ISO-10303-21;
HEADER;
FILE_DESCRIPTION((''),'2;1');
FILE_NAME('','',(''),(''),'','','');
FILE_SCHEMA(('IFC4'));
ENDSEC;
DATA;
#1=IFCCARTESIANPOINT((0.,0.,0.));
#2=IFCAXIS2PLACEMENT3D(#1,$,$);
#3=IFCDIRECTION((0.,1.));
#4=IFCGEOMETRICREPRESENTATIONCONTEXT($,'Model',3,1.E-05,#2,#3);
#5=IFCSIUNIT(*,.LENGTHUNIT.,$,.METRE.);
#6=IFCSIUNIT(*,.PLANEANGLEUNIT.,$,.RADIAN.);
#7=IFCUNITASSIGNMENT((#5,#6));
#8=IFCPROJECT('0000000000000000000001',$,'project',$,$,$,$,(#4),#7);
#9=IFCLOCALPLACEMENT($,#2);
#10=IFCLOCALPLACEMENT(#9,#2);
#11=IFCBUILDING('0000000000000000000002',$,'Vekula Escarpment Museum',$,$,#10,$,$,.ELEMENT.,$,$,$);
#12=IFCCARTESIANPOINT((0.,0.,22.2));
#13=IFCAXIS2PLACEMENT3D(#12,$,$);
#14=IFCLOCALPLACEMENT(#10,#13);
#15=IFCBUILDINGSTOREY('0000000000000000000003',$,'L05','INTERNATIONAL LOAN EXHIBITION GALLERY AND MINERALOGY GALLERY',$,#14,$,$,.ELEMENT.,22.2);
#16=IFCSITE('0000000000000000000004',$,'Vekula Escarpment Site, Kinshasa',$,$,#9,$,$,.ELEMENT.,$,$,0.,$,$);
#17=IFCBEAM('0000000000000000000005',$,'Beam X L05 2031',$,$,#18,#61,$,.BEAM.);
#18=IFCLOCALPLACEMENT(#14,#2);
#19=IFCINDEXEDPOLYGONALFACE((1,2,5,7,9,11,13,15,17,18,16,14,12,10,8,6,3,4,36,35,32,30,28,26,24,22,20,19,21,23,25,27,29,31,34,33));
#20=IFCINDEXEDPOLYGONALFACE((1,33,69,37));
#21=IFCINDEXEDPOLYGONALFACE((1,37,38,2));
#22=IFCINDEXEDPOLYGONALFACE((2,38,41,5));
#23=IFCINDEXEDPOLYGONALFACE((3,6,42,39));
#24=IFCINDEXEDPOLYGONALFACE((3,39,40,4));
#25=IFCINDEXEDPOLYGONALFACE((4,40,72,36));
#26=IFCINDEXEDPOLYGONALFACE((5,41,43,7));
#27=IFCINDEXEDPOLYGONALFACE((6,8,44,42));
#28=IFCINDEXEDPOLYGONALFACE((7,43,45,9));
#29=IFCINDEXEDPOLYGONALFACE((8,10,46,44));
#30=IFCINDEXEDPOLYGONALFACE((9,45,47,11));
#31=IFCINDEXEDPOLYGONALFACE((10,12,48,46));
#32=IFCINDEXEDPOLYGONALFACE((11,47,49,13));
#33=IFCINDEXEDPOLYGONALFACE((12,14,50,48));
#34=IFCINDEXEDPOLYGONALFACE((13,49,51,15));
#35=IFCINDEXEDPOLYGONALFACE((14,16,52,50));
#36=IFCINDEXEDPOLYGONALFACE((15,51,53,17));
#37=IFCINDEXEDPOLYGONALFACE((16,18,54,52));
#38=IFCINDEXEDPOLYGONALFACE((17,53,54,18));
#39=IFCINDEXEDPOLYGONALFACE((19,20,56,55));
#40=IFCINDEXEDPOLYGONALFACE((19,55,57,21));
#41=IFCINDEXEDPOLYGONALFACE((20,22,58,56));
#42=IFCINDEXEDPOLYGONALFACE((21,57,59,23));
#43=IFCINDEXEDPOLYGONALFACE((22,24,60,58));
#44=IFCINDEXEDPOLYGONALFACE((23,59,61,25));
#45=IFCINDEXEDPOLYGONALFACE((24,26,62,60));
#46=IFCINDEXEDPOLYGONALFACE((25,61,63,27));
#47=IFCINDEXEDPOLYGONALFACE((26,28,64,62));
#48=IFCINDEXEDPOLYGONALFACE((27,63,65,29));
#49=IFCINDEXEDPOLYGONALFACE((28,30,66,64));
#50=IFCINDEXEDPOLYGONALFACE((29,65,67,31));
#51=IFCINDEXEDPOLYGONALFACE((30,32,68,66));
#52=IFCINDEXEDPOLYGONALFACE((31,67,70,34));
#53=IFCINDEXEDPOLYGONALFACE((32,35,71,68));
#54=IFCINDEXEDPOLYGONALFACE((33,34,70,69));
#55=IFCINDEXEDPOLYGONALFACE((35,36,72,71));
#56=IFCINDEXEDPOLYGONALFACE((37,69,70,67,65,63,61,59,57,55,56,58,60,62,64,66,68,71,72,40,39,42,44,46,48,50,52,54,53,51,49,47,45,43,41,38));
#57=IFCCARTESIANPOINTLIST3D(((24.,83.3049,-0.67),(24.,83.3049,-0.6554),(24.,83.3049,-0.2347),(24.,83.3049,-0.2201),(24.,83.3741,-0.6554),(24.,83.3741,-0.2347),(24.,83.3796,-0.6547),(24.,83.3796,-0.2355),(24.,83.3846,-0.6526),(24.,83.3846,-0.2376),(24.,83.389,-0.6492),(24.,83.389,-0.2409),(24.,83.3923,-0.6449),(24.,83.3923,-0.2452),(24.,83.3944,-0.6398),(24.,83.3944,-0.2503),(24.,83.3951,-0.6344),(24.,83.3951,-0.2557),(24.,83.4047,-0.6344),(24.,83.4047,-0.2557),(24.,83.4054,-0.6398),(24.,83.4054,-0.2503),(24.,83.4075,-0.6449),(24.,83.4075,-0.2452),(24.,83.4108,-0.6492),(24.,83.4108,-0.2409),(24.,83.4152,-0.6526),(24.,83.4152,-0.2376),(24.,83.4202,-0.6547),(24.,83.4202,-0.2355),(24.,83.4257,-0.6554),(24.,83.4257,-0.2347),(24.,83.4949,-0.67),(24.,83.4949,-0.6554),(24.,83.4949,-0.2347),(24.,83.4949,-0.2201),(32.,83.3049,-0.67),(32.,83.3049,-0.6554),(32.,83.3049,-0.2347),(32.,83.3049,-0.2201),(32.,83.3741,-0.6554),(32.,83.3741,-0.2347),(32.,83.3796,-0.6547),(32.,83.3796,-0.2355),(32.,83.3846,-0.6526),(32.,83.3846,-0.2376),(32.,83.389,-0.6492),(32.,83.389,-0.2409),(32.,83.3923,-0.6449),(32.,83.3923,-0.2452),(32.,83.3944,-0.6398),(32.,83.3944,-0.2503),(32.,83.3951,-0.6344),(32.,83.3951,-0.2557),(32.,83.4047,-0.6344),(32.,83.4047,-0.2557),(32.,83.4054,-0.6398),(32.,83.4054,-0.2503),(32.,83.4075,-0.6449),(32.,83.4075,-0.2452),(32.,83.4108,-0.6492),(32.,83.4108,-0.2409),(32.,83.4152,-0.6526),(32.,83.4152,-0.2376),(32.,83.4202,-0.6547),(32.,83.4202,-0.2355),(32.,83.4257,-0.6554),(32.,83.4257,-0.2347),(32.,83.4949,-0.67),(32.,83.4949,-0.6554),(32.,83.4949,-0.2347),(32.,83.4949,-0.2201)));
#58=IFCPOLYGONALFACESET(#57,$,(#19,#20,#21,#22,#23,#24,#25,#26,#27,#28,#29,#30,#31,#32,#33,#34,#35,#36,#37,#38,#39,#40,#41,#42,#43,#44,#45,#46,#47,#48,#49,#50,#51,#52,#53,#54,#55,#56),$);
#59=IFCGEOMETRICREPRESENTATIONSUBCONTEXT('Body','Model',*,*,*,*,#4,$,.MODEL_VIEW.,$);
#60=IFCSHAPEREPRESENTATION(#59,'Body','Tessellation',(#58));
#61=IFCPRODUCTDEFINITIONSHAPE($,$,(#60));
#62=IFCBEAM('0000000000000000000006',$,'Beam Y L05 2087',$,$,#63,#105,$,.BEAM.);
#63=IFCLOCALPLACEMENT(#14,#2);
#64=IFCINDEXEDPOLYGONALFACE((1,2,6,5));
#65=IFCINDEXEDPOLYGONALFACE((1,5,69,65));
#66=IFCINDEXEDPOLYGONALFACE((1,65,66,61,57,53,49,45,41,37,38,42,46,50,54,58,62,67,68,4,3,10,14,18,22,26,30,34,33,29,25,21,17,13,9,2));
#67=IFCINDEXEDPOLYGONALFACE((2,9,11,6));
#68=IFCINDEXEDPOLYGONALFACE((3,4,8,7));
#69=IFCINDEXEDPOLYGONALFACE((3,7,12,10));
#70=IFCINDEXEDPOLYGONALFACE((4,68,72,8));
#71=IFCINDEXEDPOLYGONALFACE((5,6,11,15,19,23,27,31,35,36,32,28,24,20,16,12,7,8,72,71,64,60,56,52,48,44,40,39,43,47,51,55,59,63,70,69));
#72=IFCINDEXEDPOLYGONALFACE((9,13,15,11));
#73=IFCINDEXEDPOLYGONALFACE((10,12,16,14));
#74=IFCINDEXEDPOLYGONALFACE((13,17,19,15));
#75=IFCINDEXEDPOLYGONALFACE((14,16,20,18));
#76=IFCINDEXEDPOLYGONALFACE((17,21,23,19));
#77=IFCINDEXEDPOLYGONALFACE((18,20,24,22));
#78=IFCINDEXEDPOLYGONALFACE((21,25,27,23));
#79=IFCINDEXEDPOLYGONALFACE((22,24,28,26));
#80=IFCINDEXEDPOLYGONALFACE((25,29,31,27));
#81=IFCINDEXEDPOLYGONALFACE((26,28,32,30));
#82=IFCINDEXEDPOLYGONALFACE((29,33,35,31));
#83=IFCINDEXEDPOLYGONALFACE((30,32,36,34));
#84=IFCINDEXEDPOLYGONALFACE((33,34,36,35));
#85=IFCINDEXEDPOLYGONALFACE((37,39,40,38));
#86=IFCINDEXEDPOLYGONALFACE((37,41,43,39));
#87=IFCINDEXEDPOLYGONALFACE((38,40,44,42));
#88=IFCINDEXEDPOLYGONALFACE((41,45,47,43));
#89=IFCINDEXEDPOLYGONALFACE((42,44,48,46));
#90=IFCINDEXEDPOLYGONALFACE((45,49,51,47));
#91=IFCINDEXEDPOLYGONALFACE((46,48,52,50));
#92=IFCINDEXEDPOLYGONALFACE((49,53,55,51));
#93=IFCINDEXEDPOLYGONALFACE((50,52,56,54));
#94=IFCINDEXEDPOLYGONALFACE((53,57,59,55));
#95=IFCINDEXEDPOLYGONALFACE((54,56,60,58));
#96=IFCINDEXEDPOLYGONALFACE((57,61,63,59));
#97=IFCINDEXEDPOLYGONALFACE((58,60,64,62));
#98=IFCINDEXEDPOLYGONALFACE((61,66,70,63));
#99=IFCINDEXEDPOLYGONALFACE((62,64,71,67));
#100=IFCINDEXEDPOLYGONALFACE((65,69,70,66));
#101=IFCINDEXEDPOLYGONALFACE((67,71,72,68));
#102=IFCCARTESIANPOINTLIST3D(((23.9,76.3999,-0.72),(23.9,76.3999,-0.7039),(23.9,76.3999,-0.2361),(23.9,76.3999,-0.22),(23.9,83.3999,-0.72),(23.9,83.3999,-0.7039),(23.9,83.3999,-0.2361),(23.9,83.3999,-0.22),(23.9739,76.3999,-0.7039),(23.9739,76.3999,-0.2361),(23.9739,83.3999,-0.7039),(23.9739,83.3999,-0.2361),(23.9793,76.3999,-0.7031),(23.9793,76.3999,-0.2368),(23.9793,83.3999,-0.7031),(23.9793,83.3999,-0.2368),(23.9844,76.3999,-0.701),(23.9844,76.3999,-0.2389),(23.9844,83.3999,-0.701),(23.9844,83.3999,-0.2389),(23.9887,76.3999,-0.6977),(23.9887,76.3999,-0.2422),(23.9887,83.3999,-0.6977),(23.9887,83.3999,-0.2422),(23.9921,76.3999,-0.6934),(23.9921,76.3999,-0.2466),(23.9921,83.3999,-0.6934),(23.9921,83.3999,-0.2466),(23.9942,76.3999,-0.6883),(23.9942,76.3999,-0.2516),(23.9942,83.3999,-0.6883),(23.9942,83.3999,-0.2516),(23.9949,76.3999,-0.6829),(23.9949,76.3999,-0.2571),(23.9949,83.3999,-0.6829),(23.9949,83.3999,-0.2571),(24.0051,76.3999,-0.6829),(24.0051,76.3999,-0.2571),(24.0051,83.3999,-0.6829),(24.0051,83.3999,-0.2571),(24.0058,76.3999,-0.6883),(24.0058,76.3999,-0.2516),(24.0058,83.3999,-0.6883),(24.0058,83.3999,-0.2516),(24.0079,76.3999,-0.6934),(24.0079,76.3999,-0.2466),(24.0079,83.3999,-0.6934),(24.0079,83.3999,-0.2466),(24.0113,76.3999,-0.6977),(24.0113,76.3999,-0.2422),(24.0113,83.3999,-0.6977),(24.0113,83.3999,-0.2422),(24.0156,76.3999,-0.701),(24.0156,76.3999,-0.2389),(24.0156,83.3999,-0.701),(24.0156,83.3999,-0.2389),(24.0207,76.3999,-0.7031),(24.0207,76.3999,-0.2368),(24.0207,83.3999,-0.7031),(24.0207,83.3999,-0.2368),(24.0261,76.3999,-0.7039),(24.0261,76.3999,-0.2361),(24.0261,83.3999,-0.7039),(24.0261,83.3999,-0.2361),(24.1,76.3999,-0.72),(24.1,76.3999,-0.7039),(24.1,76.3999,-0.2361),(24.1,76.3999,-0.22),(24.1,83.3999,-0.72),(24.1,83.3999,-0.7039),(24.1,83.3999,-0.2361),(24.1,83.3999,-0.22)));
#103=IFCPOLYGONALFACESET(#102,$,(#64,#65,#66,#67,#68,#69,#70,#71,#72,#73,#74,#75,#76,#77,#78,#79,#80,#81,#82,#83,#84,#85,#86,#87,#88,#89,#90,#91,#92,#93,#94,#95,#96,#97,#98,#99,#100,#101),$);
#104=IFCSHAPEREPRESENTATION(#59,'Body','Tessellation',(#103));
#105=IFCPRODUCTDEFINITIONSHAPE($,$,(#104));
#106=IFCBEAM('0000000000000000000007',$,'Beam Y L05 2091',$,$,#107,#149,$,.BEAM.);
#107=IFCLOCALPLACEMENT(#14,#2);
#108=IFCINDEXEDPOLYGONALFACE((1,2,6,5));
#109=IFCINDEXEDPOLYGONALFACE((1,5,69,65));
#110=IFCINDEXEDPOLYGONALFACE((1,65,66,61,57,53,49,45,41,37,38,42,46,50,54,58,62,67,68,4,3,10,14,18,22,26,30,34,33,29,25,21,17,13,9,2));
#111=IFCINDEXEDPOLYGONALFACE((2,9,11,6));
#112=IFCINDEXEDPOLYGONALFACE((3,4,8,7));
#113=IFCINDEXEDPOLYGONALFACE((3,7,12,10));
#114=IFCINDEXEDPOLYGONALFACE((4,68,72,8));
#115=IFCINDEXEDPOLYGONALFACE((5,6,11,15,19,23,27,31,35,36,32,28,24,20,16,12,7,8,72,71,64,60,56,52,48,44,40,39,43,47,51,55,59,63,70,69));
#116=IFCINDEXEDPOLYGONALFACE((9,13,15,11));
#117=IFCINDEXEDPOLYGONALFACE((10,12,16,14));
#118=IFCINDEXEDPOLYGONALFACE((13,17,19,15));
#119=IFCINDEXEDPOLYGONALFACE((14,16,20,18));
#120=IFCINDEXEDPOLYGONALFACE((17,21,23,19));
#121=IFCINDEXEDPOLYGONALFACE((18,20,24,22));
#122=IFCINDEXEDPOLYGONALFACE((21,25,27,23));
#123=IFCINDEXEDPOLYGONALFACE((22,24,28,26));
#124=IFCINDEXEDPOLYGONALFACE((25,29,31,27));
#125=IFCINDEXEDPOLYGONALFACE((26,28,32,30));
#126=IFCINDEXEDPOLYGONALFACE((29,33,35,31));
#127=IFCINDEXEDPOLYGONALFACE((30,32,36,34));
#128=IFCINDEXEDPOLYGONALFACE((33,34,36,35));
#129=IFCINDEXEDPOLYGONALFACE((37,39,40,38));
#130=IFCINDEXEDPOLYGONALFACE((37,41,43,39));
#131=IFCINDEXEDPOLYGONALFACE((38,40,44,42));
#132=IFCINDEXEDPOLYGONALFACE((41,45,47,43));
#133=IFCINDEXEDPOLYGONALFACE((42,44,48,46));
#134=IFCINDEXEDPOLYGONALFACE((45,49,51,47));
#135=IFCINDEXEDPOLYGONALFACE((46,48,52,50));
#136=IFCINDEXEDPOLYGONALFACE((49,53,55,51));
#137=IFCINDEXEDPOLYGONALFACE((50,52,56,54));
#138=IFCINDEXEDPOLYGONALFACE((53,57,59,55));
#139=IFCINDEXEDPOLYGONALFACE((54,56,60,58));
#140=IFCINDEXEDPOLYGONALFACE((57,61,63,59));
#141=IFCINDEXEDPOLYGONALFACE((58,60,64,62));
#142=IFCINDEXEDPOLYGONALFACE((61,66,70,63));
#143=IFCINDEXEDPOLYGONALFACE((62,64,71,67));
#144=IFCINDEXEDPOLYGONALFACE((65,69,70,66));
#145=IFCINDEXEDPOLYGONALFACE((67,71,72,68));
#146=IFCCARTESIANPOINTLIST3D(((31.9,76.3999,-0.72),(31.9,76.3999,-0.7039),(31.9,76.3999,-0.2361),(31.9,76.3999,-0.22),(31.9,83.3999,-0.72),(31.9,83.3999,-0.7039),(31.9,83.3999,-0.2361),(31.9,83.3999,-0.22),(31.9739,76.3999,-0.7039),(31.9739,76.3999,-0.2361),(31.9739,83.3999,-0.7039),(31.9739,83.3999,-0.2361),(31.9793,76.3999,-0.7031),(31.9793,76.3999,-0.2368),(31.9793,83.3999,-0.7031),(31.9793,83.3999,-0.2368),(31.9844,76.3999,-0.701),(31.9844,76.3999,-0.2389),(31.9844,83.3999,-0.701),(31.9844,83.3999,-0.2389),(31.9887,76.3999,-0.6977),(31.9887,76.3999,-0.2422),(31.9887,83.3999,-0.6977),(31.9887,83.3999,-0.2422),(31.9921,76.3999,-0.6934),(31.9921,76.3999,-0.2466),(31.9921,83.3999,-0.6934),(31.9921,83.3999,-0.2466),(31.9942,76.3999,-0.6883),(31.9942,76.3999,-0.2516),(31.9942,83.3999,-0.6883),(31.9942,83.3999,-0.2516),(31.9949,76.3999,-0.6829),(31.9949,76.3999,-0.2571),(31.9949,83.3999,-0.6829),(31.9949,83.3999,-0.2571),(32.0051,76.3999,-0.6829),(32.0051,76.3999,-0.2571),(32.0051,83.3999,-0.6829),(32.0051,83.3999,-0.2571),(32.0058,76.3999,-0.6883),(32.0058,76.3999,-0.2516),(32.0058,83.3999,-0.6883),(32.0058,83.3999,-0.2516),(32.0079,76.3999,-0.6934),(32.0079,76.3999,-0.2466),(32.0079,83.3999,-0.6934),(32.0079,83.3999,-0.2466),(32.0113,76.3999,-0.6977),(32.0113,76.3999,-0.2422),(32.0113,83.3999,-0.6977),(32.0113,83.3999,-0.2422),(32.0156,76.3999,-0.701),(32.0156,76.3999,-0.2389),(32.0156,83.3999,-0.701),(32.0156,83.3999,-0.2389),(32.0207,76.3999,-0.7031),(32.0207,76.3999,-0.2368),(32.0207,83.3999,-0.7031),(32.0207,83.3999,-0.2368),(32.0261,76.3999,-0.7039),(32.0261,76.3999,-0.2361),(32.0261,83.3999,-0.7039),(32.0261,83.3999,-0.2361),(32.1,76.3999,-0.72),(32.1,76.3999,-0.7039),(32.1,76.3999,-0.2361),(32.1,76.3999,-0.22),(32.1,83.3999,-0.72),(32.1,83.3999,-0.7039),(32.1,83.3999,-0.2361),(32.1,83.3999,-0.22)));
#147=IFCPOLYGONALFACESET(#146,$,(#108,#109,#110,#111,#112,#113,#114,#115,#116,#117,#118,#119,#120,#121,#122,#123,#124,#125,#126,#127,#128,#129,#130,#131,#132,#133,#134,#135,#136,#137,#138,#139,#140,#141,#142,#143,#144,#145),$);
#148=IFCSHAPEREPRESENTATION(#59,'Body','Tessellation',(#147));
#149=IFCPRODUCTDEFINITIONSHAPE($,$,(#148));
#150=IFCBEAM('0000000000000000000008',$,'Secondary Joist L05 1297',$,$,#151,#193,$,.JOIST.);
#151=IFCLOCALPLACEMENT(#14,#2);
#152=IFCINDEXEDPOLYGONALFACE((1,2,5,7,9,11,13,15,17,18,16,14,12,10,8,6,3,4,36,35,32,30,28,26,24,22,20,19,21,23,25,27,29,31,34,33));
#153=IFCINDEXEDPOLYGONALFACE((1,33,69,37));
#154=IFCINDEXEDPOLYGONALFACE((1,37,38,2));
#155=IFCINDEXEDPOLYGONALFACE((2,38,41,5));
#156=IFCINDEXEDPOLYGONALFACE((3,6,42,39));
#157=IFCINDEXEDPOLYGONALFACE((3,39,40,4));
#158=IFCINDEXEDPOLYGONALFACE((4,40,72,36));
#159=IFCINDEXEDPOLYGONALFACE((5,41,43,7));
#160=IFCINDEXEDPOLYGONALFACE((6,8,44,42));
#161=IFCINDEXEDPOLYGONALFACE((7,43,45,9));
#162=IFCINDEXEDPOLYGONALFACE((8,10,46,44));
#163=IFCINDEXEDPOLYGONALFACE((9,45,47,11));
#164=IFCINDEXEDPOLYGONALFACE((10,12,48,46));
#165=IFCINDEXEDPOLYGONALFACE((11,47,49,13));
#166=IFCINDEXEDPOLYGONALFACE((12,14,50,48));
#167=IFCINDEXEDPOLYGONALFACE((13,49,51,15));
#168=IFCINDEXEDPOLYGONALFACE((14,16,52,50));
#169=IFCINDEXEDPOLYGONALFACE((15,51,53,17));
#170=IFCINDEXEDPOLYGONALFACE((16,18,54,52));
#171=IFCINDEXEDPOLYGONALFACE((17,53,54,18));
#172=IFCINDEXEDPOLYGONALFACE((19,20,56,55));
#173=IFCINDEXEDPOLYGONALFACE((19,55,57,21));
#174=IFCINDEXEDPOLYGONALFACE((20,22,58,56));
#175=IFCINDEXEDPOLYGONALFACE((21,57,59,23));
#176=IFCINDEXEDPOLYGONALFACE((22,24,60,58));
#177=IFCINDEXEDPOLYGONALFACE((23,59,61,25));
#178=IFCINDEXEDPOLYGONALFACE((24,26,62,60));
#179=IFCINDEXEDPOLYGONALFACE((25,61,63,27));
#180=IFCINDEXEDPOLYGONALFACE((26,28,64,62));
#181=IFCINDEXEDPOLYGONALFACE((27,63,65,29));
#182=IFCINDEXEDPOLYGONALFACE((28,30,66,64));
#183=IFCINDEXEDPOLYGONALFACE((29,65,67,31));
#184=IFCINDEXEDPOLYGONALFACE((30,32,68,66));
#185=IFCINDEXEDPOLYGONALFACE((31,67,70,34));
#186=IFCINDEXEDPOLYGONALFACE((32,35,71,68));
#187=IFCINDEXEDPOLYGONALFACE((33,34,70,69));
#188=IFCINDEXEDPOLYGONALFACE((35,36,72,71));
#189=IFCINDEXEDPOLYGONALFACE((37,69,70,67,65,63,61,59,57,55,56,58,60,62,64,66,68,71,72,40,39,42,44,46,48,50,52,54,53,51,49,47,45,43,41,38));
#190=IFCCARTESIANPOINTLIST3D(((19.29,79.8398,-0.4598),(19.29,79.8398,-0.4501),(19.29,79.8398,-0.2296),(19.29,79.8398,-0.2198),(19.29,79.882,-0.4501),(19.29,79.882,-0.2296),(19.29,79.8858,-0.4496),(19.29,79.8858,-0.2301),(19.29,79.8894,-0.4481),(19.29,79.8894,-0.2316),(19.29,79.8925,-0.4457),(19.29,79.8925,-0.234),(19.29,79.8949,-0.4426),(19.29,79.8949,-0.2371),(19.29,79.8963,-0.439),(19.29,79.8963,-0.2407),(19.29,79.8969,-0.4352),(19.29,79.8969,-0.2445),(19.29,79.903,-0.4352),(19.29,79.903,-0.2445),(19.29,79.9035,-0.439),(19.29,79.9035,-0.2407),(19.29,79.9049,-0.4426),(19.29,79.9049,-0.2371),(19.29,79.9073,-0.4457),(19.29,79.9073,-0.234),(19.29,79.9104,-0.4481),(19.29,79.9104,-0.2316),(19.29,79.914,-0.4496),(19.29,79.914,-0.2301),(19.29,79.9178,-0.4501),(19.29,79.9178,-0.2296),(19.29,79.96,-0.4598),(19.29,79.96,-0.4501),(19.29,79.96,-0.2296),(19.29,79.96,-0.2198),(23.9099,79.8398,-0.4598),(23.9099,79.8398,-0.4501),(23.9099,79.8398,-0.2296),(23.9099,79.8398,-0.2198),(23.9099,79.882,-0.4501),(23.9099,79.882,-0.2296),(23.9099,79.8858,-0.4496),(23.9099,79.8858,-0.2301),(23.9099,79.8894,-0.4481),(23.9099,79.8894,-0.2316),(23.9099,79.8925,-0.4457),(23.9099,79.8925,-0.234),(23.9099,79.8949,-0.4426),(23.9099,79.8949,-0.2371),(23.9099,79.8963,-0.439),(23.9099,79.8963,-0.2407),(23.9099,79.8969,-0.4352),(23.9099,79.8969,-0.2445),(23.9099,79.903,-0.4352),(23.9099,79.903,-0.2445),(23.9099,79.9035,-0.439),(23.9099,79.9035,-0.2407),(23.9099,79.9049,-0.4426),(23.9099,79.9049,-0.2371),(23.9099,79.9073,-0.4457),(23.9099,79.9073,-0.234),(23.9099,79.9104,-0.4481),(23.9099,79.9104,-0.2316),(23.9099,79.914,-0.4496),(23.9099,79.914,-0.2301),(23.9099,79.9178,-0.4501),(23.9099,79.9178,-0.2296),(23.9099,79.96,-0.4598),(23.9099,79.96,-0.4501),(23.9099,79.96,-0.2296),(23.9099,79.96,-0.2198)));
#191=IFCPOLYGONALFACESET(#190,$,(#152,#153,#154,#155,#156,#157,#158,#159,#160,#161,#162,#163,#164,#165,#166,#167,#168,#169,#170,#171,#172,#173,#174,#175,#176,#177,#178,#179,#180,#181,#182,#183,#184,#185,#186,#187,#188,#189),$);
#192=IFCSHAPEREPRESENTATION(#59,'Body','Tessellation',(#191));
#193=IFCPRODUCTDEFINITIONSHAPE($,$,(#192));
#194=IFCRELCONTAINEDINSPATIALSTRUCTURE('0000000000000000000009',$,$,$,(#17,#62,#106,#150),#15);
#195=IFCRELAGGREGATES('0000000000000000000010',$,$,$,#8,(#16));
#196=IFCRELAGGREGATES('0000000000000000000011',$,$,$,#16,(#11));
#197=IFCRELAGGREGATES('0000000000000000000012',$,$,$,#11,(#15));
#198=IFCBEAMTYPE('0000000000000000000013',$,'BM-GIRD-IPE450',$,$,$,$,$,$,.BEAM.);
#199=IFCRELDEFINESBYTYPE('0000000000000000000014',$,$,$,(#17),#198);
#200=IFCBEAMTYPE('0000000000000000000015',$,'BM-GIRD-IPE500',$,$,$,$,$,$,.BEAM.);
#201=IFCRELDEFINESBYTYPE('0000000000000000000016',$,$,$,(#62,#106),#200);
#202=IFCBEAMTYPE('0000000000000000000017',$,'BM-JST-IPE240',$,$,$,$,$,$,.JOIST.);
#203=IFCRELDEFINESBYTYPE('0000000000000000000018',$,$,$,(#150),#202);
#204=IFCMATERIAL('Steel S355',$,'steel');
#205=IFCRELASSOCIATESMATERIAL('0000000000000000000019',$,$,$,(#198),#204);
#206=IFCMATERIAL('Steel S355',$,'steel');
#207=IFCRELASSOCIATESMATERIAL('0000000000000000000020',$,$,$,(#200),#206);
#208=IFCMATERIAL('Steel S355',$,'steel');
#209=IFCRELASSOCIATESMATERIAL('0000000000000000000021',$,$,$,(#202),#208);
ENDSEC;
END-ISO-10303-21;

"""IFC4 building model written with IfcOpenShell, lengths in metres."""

from ifc_helpers import new_model, si_unit, direction, frame, origin, origin_2d, place, context, subcontext, project, spatial, i_section, extrude, material, material_profile, profile_set, type_object, element, save


model = new_model("IFC4")

# Units and contexts
model_context = context("Model", 3, precision=1e-05, world=origin(), true_north=direction((0.0, 1.0)))
body_context = subcontext(model_context, "Body", "Model", "MODEL_VIEW")
ifc_project = project(units=[si_unit("LENGTHUNIT", "METRE"), si_unit("PLANEANGLEUNIT", "RADIAN")], contexts=[model_context])

# Site, building, storey
site_placement = place(None, origin())
site = spatial("IfcSite", under=ifc_project, at=site_placement, Name="Vekula Escarpment Site, Kinshasa", CompositionType="ELEMENT", RefElevation=0.0)
building_placement = place(site_placement, origin())
building = spatial("IfcBuilding", under=site, at=building_placement, Name="Vekula Escarpment Museum", CompositionType="ELEMENT")
storey_placement = place(building_placement, frame((0.0, 0.0, 22.2)))
storey = spatial("IfcBuildingStorey", under=building, at=storey_placement, Name="L05", Description="INTERNATIONAL LOAN EXHIBITION GALLERY AND MINERALOGY GALLERY", CompositionType="ELEMENT", Elevation=22.2)

# Beams
ifc_material_1 = material(Name="Steel S355", Category="steel")
ifc_material_profile_1 = material_profile(ifc_material_1, i_section(OverallWidth=0.1899, OverallDepth=0.45, WebThickness=0.0095, FlangeThickness=0.0146, FilletRadius=0.021, at=origin_2d()), Name="IPE 450")
ifc_profile_set_1 = profile_set([ifc_material_profile_1], Name="Steel S355")
beam_type_1 = type_object("IfcBeamType", Name="BM-GIRD-IPE450", PredefinedType="BEAM", material=ifc_profile_set_1)
beam_1_placement = place(storey_placement, frame((24.0, 83.3999, -0.4451), z_axis=(1.0, 0.0, 0.0), x_axis=(0.0, 1.0, 0.0)))
element("IfcBeam", 1, at=beam_1_placement, inside=storey, type_object=beam_type_1, Name="Beam X L05 2031", PredefinedType="BEAM", context=body_context, shape_type="SweptSolid", body=[
    extrude(i_section(OverallWidth=0.1899, OverallDepth=0.45, WebThickness=0.0095, FlangeThickness=0.0146, FilletRadius=0.021, at=origin_2d()), origin(), (0.0, 0.0, 1.0), 8.0),
])
ifc_material_2 = material(Name="Steel S355", Category="steel")
ifc_material_profile_2 = material_profile(ifc_material_2, i_section(OverallWidth=0.2, OverallDepth=0.5, WebThickness=0.0103, FlangeThickness=0.0161, FilletRadius=0.021, at=origin_2d()), Name="IPE 500")
ifc_profile_set_2 = profile_set([ifc_material_profile_2], Name="Steel S355")
beam_type_2 = type_object("IfcBeamType", Name="BM-GIRD-IPE500", PredefinedType="BEAM", material=ifc_profile_set_2)
for number, where, z_axis, x_axis, name in (
    (2, (24.0, 76.3999, -0.47), (0.0, 1.0, 0.0), (-1.0, 0.0, 0.0), "Beam Y L05 2087"),
    (3, (32.0, 76.3999, -0.47), (0.0, 1.0, 0.0), (-1.0, 0.0, 0.0), "Beam Y L05 2091"),
):
    element("IfcBeam", number, at=place(storey_placement, frame(where, z_axis=z_axis, x_axis=x_axis)), inside=storey, type_object=beam_type_2, Name=name, PredefinedType="BEAM", context=body_context, shape_type="SweptSolid", body=[
        extrude(i_section(OverallWidth=0.2, OverallDepth=0.5, WebThickness=0.0103, FlangeThickness=0.0161, FilletRadius=0.021, at=origin_2d()), origin(), (0.0, 0.0, 1.0), 7.0),
    ])
ifc_material_3 = material(Name="Steel S355", Category="steel")
ifc_material_profile_3 = material_profile(ifc_material_3, i_section(OverallWidth=0.1201, OverallDepth=0.24, WebThickness=0.0061, FlangeThickness=0.0098, FilletRadius=0.0149, at=origin_2d()), Name="IPE 240")
ifc_profile_set_3 = profile_set([ifc_material_profile_3], Name="Steel S355")
beam_type_3 = type_object("IfcBeamType", Name="BM-JST-IPE240", PredefinedType="JOIST", material=ifc_profile_set_3)
beam_2_placement = place(storey_placement, frame((19.29, 79.8999, -0.3398), z_axis=(1.0, 0.0, 0.0), x_axis=(0.0, 1.0, 0.0)))
element("IfcBeam", 4, at=beam_2_placement, inside=storey, type_object=beam_type_3, Name="Secondary Joist L05 1297", PredefinedType="JOIST", context=body_context, shape_type="SweptSolid", body=[
    extrude(i_section(OverallWidth=0.1201, OverallDepth=0.24, WebThickness=0.0061, FlangeThickness=0.0098, FilletRadius=0.0149, at=origin_2d()), origin(), (0.0, 0.0, 1.0), 4.6199),
])

save(model, "model.ifc")
